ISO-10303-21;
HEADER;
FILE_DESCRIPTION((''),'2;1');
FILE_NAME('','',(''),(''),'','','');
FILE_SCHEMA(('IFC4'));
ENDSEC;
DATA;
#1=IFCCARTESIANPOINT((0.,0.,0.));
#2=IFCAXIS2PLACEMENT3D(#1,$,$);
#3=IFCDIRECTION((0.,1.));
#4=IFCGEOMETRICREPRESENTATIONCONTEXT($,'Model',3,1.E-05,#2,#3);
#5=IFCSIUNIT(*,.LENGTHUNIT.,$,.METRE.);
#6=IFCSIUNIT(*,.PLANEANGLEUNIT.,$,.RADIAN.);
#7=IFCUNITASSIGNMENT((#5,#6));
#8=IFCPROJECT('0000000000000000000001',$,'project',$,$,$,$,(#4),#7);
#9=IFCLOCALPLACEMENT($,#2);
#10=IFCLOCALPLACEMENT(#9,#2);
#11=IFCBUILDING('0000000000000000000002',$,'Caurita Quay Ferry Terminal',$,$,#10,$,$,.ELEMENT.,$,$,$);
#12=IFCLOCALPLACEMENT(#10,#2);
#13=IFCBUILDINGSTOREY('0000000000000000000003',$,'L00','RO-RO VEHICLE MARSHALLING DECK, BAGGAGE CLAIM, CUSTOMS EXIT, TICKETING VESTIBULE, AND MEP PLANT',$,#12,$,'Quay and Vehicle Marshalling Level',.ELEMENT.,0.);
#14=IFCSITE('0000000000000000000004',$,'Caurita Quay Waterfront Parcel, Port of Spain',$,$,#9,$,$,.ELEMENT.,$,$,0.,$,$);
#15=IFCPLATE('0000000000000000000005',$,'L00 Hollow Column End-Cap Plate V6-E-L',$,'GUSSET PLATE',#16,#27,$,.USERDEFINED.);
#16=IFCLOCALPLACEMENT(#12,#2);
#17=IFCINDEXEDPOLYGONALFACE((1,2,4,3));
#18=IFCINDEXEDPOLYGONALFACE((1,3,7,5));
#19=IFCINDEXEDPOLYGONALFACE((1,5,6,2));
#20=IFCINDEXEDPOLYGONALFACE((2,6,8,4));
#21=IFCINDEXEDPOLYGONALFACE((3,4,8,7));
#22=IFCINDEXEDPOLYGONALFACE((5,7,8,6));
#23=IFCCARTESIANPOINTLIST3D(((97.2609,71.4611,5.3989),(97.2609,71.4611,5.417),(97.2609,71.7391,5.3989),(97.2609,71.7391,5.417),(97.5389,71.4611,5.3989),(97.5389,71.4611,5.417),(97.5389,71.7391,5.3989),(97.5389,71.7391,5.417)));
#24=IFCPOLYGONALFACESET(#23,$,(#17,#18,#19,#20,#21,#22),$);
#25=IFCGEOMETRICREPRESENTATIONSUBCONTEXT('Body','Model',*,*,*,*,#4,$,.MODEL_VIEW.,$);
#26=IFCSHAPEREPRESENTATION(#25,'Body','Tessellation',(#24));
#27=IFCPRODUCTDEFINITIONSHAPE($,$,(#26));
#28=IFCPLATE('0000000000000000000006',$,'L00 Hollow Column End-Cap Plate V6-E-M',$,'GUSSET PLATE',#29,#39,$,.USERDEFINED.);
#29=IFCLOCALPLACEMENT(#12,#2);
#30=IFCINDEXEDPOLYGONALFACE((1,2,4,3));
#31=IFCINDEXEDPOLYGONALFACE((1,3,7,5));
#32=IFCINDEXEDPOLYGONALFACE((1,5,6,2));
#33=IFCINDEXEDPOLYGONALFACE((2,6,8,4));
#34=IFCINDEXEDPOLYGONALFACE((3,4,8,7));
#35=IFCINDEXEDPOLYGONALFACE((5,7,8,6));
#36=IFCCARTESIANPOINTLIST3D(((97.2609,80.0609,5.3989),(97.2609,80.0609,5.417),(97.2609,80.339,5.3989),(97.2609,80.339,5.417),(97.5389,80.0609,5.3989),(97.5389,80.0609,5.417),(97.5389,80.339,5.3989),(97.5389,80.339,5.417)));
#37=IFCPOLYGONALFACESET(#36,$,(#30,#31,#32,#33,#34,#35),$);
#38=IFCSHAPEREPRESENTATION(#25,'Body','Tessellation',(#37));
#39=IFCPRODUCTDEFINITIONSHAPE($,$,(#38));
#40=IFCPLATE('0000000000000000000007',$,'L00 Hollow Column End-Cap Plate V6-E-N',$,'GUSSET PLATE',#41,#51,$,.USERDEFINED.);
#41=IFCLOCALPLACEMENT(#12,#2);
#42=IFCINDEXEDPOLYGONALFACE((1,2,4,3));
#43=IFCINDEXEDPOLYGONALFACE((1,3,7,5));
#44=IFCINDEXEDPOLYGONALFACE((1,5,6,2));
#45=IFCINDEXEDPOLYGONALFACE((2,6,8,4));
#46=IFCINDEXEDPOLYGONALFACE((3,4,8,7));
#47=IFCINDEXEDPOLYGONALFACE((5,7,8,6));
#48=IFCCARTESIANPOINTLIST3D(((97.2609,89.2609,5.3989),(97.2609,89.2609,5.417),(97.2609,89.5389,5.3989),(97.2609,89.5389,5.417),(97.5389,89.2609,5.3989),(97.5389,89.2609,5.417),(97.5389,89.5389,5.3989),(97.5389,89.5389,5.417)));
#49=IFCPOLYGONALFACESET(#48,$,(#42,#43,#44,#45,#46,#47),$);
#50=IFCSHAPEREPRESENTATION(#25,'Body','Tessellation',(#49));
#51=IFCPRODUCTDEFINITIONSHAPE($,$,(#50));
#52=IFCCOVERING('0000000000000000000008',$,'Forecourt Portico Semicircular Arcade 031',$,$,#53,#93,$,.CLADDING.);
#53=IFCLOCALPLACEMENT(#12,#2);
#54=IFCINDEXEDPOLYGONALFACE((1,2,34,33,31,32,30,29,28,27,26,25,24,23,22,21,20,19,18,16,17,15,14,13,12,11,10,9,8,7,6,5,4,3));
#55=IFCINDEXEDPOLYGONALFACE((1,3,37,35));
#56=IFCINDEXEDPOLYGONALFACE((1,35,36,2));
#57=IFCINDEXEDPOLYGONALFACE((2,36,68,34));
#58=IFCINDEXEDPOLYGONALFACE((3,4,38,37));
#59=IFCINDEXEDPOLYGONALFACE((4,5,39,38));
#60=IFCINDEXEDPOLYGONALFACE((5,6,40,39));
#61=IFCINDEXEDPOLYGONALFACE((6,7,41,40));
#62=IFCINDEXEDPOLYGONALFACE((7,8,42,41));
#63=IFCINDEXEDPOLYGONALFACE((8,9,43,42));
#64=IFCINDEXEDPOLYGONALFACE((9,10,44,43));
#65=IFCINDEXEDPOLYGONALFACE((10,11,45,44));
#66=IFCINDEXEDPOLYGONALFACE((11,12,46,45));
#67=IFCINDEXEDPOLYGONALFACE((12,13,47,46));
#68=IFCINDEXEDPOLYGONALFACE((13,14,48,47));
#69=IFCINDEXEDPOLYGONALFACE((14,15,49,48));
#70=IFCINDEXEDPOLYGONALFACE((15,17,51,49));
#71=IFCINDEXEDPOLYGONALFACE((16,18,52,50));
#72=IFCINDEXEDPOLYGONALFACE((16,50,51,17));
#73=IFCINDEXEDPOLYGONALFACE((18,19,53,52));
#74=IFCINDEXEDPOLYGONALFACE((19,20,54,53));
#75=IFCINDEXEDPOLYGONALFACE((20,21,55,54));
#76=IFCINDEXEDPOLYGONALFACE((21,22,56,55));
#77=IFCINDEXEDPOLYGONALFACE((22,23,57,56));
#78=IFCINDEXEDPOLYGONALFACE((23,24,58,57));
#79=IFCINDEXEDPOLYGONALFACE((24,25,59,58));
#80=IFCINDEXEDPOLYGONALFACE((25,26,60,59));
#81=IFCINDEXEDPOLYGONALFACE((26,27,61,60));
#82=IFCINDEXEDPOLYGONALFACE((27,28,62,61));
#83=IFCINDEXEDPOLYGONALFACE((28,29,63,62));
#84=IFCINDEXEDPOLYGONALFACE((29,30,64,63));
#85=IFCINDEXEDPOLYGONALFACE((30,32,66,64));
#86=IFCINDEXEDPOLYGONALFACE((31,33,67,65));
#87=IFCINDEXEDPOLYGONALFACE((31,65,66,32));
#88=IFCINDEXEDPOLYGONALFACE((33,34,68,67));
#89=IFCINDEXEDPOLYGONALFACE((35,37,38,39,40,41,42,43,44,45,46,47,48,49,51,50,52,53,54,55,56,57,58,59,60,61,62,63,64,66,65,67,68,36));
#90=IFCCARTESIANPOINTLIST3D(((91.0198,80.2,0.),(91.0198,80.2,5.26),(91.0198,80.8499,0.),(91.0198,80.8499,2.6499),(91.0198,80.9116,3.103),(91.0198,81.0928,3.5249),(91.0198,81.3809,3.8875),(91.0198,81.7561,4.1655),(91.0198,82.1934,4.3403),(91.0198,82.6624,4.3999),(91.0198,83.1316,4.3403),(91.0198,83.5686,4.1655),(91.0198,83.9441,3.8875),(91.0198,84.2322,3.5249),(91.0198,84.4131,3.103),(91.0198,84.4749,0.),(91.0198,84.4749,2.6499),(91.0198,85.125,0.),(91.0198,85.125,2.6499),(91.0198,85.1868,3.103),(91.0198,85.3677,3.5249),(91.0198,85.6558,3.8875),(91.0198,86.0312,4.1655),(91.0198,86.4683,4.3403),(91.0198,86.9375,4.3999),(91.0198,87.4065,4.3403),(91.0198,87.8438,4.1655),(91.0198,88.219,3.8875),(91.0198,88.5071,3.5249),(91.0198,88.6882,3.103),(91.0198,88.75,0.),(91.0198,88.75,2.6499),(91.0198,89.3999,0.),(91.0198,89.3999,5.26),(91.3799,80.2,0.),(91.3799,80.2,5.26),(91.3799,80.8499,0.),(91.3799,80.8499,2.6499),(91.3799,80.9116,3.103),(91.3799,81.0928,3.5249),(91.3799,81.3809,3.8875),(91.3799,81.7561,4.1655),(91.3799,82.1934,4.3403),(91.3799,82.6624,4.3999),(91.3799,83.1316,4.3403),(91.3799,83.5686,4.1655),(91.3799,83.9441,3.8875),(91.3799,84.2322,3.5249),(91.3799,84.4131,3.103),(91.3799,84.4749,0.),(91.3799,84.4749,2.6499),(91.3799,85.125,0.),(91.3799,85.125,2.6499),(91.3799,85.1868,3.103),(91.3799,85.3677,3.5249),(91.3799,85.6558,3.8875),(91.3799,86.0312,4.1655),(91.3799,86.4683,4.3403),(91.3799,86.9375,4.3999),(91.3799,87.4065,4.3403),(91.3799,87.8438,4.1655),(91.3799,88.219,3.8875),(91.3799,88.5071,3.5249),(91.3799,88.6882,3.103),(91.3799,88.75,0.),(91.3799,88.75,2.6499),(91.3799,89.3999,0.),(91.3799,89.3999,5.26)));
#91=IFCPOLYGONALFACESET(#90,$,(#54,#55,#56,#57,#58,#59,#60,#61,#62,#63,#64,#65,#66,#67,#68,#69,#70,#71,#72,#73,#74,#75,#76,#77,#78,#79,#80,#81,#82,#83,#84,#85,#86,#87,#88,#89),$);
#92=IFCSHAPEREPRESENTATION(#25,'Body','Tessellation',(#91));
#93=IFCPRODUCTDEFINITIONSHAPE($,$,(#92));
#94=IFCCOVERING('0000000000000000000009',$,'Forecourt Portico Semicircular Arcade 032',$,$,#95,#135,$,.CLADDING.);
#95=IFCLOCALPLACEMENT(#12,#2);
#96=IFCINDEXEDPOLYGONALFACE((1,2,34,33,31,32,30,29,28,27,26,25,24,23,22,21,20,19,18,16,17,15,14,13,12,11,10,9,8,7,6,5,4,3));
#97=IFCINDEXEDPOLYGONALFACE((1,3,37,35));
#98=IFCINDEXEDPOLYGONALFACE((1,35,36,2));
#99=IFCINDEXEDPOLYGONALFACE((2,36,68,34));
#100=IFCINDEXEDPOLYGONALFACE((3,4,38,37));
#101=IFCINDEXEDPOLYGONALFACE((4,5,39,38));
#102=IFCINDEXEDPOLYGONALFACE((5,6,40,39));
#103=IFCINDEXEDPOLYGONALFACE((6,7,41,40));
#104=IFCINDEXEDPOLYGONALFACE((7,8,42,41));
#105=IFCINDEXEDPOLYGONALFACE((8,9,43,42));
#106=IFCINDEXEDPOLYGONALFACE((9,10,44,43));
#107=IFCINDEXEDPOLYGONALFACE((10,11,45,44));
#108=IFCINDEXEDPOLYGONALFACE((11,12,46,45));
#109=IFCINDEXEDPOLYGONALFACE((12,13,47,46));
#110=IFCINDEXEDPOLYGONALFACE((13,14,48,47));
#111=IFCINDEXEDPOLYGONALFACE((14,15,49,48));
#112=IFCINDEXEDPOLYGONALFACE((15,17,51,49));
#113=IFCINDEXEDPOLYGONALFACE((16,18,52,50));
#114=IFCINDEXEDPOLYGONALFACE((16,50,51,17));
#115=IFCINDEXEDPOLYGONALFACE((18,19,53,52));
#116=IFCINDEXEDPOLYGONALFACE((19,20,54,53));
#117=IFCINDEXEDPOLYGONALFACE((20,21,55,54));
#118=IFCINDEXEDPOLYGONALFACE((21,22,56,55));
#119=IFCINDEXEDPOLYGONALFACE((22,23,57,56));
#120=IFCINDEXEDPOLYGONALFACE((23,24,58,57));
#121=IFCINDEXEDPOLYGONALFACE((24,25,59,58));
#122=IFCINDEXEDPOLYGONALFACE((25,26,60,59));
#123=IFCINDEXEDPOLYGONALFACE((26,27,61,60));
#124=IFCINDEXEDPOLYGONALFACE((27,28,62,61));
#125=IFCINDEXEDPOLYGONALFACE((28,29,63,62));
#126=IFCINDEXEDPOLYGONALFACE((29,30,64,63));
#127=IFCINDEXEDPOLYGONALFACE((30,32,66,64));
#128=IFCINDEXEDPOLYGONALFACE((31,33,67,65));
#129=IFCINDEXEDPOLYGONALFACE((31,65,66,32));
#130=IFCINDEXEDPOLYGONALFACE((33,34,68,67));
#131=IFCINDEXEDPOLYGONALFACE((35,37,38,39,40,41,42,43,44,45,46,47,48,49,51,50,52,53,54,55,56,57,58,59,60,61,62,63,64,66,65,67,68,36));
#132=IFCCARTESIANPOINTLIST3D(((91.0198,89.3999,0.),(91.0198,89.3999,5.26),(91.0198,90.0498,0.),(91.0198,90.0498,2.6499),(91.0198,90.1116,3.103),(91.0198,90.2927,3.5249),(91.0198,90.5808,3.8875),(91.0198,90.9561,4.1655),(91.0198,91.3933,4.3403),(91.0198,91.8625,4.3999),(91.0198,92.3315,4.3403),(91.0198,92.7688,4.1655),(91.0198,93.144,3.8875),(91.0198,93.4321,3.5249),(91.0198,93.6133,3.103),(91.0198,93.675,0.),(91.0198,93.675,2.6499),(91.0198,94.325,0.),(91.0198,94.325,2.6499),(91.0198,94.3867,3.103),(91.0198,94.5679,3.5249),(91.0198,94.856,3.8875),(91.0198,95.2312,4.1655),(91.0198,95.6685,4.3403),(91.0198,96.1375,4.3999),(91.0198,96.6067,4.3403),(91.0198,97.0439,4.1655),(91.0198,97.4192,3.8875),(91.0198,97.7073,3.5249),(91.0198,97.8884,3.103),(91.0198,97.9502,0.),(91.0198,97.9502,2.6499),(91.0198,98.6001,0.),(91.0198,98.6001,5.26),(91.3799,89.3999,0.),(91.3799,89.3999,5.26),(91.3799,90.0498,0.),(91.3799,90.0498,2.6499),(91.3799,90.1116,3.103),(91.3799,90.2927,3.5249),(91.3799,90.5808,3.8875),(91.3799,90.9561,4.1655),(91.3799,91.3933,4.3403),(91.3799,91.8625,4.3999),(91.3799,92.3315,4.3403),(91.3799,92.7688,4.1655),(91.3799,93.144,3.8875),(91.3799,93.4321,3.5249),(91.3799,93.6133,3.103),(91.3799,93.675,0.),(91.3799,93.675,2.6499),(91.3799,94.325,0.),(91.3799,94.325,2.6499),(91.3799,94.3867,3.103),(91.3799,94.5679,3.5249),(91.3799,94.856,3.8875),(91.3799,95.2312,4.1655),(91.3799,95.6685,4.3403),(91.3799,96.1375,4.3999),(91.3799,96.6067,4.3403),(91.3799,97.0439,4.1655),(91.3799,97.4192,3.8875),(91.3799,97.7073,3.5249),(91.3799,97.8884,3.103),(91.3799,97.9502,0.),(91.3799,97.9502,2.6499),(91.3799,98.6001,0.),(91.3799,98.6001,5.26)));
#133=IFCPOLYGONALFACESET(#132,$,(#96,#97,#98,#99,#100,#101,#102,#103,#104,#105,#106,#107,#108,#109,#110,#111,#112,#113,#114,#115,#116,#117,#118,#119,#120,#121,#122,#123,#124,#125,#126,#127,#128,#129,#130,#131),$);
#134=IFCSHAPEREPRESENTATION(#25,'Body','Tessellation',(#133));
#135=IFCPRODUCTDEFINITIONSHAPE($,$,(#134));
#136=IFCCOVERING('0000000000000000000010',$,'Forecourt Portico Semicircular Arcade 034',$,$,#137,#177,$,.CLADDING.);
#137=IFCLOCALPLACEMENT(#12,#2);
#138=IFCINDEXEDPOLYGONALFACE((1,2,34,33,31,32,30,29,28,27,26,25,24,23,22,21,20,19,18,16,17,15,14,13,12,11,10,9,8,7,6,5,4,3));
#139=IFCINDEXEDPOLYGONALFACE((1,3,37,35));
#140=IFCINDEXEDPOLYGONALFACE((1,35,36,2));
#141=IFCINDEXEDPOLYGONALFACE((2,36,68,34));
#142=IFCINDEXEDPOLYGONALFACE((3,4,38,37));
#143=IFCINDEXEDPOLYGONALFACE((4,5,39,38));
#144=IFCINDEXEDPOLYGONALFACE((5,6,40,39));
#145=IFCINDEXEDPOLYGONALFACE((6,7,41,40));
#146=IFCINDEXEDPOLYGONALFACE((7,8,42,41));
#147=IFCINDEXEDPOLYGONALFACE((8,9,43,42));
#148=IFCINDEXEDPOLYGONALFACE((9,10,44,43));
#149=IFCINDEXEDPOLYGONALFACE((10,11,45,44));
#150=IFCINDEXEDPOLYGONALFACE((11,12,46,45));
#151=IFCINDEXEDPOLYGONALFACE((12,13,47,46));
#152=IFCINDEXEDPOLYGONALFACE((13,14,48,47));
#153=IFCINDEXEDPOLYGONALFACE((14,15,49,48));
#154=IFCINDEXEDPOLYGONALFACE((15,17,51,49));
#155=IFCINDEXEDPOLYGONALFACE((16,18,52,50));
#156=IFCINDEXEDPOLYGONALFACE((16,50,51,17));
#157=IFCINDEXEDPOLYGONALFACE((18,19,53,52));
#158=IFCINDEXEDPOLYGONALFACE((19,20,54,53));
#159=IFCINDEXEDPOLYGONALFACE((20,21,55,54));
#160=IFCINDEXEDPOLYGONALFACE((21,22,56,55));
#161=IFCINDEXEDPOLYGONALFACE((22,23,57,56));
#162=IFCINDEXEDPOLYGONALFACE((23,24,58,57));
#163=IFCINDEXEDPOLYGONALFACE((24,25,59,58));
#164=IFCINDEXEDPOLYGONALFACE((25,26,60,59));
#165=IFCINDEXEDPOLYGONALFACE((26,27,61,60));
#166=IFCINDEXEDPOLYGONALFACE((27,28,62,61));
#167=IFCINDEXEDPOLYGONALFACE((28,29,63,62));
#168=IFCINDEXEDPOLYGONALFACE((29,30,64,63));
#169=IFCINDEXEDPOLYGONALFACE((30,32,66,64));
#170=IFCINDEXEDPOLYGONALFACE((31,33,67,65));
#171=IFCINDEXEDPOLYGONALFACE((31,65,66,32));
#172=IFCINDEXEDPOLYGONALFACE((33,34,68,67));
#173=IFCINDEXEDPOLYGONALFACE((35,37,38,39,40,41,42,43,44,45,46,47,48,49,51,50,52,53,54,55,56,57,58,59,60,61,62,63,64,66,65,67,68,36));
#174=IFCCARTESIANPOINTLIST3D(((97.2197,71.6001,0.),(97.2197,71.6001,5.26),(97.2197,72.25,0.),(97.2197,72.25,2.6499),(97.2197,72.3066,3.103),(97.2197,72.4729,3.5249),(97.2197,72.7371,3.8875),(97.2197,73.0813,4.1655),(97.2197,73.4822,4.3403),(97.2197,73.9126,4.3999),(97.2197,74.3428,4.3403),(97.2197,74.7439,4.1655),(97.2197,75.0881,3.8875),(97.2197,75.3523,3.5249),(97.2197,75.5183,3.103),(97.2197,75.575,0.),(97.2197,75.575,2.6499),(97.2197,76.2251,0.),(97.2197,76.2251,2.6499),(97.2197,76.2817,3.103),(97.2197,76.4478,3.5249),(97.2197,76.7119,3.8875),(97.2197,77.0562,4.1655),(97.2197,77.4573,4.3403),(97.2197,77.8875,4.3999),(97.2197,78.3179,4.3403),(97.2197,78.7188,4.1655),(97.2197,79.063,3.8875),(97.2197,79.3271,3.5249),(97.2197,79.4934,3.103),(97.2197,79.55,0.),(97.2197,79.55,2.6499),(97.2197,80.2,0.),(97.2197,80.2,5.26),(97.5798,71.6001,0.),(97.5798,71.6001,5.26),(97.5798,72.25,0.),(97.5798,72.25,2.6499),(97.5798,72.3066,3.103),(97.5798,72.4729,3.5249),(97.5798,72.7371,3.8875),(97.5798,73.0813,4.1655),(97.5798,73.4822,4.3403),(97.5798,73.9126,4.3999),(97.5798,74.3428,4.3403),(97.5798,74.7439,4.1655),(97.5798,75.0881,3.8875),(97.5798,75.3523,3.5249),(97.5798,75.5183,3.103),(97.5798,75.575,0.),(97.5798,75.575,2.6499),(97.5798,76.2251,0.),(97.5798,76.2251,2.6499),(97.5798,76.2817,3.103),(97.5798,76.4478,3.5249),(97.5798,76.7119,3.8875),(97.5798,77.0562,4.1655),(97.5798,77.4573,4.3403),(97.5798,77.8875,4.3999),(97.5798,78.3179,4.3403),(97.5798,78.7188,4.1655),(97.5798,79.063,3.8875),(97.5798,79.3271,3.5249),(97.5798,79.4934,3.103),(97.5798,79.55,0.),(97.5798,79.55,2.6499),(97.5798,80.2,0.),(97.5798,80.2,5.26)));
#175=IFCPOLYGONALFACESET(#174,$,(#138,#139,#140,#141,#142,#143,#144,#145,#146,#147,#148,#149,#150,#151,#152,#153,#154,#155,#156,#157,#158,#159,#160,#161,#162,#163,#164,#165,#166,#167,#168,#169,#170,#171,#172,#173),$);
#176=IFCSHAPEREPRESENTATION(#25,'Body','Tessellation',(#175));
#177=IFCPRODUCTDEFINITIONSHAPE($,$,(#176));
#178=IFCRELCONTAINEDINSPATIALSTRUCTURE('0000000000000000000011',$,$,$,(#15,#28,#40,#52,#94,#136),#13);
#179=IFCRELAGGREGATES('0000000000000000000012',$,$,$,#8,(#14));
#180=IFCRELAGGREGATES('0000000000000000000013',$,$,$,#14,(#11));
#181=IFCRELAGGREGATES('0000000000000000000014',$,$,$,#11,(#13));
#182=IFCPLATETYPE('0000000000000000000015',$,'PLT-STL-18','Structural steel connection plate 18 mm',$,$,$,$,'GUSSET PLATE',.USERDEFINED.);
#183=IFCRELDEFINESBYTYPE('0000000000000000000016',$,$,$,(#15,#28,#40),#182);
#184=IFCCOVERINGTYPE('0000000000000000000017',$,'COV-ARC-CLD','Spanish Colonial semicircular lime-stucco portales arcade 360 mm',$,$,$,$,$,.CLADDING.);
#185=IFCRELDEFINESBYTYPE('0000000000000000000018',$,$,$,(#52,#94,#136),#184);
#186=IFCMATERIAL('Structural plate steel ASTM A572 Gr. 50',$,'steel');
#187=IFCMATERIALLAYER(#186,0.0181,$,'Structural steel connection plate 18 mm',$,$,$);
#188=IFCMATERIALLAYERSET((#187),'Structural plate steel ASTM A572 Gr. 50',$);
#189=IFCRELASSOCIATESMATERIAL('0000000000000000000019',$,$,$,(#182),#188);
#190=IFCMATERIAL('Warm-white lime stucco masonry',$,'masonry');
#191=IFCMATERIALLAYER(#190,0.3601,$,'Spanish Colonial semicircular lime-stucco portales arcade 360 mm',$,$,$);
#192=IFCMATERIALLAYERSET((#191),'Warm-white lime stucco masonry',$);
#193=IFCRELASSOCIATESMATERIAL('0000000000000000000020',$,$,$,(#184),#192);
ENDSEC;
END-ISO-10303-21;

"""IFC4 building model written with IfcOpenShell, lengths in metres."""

from ifc_helpers import new_model, si_unit, direction, frame, origin, origin_2d, place, context, subcontext, project, spatial, polyline, rectangle, outline, extrude, material, layer, layer_set, type_object, element, save


model = new_model("IFC4")

# Units and contexts
model_context = context("Model", 3, precision=1e-05, world=origin(), true_north=direction((0.0, 1.0)))
body_context = subcontext(model_context, "Body", "Model", "MODEL_VIEW")
ifc_project = project(units=[si_unit("LENGTHUNIT", "METRE"), si_unit("PLANEANGLEUNIT", "RADIAN")], contexts=[model_context])

# Site, building, storey
site_placement = place(None, origin())
site = spatial("IfcSite", under=ifc_project, at=site_placement, Name="Caurita Quay Waterfront Parcel, Port of Spain", CompositionType="ELEMENT", RefElevation=0.0)
building_placement = place(site_placement, origin())
building = spatial("IfcBuilding", under=site, at=building_placement, Name="Caurita Quay Ferry Terminal", CompositionType="ELEMENT")
storey_placement = place(building_placement, origin())
storey = spatial("IfcBuildingStorey", under=building, at=storey_placement, Name="L00", Description="RO-RO VEHICLE MARSHALLING DECK, BAGGAGE CLAIM, CUSTOMS EXIT, TICKETING VESTIBULE, AND MEP PLANT", LongName="Quay and Vehicle Marshalling Level", CompositionType="ELEMENT", Elevation=0.0)

# Plates
ifc_material_1 = material(Name="Structural plate steel ASTM A572 Gr. 50", Category="steel")
ifc_layer_1 = layer(ifc_material_1, 0.0181, Name="Structural steel connection plate 18 mm")
ifc_layer_set_1 = layer_set([ifc_layer_1], Name="Structural plate steel ASTM A572 Gr. 50")
plate_type = type_object("IfcPlateType", Name="PLT-STL-18", Description="Structural steel connection plate 18 mm", ElementType="GUSSET PLATE", PredefinedType="USERDEFINED", material=ifc_layer_set_1)
for number, where, z_axis, x_axis, name in (
    (1, (97.3999, 71.6001, 5.3989), (0.0, 0.0, 1.0), (1.0, 0.0, 0.0), "L00 Hollow Column End-Cap Plate V6-E-L"),
    (2, (97.3999, 80.2, 5.3989), (0.0, 0.0, 1.0), (1.0, 0.0, 0.0), "L00 Hollow Column End-Cap Plate V6-E-M"),
    (3, (97.3999, 89.3999, 5.3989), (0.0, 0.0, 1.0), (1.0, 0.0, 0.0), "L00 Hollow Column End-Cap Plate V6-E-N"),
):
    element("IfcPlate", number, at=place(storey_placement, frame(where, z_axis=z_axis, x_axis=x_axis)), inside=storey, type_object=plate_type, Name=name, ObjectType="GUSSET PLATE", PredefinedType="USERDEFINED", context=body_context, shape_type="SweptSolid", body=[
        extrude(rectangle(XDim=0.2781, YDim=0.2781, at=origin_2d()), origin(), (0.0, 0.0, 1.0), 0.0181),
    ])

# Coverings
ifc_material_2 = material(Name="Warm-white lime stucco masonry", Category="masonry")
ifc_layer_2 = layer(ifc_material_2, 0.3601, Name="Spanish Colonial semicircular lime-stucco portales arcade 360 mm")
ifc_layer_set_2 = layer_set([ifc_layer_2], Name="Warm-white lime stucco masonry")
covering_type_1 = type_object("IfcCoveringType", Name="COV-ARC-CLD", Description="Spanish Colonial semicircular lime-stucco portales arcade 360 mm", PredefinedType="CLADDING", material=ifc_layer_set_2)
covering_1_placement = place(storey_placement, frame((91.2, 80.2, 0.0), z_axis=(0.0, 0.0, 1.0), x_axis=(0.0, 1.0, 0.0)))
element("IfcCovering", 4, at=covering_1_placement, inside=storey, type_object=covering_type_1, Name="Forecourt Portico Semicircular Arcade 031", PredefinedType="CLADDING", context=body_context, shape_type="SweptSolid", body=[
    extrude(outline(polyline([(0.0, 0.0), (0.6499, 0.0), (0.6499, 2.6499), (0.7117, 3.103), (0.8928, 3.5249), (1.1809, 3.8875), (1.5562, 4.1655), (1.9934, 4.3403), (2.4624, 4.3999), (2.9316, 4.3403), (3.3687, 4.1655), (3.7441, 3.8875), (4.0322, 3.5249), (4.2131, 3.103), (4.2749, 2.6499), (4.2749, 0.0), (4.925, 0.0), (4.925, 2.6499), (4.9868, 3.103), (5.1677, 3.5249), (5.4558, 3.8875), (5.8313, 4.1655), (6.2683, 4.3403), (6.7375, 4.3999), (7.2065, 4.3403), (7.6438, 4.1655), (8.019, 3.8875), (8.3071, 3.5249), (8.4883, 3.103), (8.55, 2.6499), (8.55, 0.0), (9.2, 0.0), (9.2, 5.26), (0.0, 5.26), (0.0, 0.0)])), frame((0.0, 0.1802, 0.0), z_axis=(0.0, -1.0, 0.0), x_axis=(1.0, 0.0, 0.0)), (0.0, 0.0, 1.0), 0.3601),
])
covering_2_placement = place(storey_placement, frame((91.2, 89.3999, 0.0), z_axis=(0.0, 0.0, 1.0), x_axis=(0.0, 1.0, 0.0)))
element("IfcCovering", 5, at=covering_2_placement, inside=storey, type_object=covering_type_1, Name="Forecourt Portico Semicircular Arcade 032", PredefinedType="CLADDING", context=body_context, shape_type="SweptSolid", body=[
    extrude(outline(polyline([(0.0, 0.0), (0.6499, 0.0), (0.6499, 2.6499), (0.7117, 3.103), (0.8928, 3.5249), (1.1809, 3.8875), (1.5562, 4.1655), (1.9934, 4.3403), (2.4626, 4.3999), (2.9316, 4.3403), (3.3689, 4.1655), (3.7441, 3.8875), (4.0322, 3.5249), (4.2134, 3.103), (4.2751, 2.6499), (4.2751, 0.0), (4.925, 0.0), (4.925, 2.6499), (4.9868, 3.103), (5.168, 3.5249), (5.4561, 3.8875), (5.8313, 4.1655), (6.2686, 4.3403), (6.7375, 4.3999), (7.2068, 4.3403), (7.644, 4.1655), (8.0193, 3.8875), (8.3074, 3.5249), (8.4885, 3.103), (8.5503, 2.6499), (8.5503, 0.0), (9.2002, 0.0), (9.2002, 5.26), (0.0, 5.26), (0.0, 0.0)])), frame((0.0, 0.1802, 0.0), z_axis=(0.0, -1.0, 0.0), x_axis=(1.0, 0.0, 0.0)), (0.0, 0.0, 1.0), 0.3601),
])
covering_3_placement = place(storey_placement, frame((97.3999, 71.6001, 0.0), z_axis=(0.0, 0.0, 1.0), x_axis=(0.0, 1.0, 0.0)))
element("IfcCovering", 6, at=covering_3_placement, inside=storey, type_object=covering_type_1, Name="Forecourt Portico Semicircular Arcade 034", PredefinedType="CLADDING", context=body_context, shape_type="SweptSolid", body=[
    extrude(outline(polyline([(0.0, 0.0), (0.6499, 0.0), (0.6499, 2.6499), (0.7065, 3.103), (0.8728, 3.5249), (1.137, 3.8875), (1.4812, 4.1655), (1.8821, 4.3403), (2.3125, 4.3999), (2.7427, 4.3403), (3.1438, 4.1655), (3.488, 3.8875), (3.7522, 3.5249), (3.9182, 3.103), (3.9749, 2.6499), (3.9749, 0.0), (4.625, 0.0), (4.625, 2.6499), (4.6816, 3.103), (4.8477, 3.5249), (5.1118, 3.8875), (5.4561, 4.1655), (5.8572, 4.3403), (6.2874, 4.3999), (6.7178, 4.3403), (7.1187, 4.1655), (7.4629, 3.8875), (7.7271, 3.5249), (7.8933, 3.103), (7.95, 2.6499), (7.95, 0.0), (8.5999, 0.0), (8.5999, 5.26), (0.0, 5.26), (0.0, 0.0)])), frame((0.0, 0.1802, 0.0), z_axis=(0.0, -1.0, 0.0), x_axis=(1.0, 0.0, 0.0)), (0.0, 0.0, 1.0), 0.3601),
])

save(model, "model.ifc")
